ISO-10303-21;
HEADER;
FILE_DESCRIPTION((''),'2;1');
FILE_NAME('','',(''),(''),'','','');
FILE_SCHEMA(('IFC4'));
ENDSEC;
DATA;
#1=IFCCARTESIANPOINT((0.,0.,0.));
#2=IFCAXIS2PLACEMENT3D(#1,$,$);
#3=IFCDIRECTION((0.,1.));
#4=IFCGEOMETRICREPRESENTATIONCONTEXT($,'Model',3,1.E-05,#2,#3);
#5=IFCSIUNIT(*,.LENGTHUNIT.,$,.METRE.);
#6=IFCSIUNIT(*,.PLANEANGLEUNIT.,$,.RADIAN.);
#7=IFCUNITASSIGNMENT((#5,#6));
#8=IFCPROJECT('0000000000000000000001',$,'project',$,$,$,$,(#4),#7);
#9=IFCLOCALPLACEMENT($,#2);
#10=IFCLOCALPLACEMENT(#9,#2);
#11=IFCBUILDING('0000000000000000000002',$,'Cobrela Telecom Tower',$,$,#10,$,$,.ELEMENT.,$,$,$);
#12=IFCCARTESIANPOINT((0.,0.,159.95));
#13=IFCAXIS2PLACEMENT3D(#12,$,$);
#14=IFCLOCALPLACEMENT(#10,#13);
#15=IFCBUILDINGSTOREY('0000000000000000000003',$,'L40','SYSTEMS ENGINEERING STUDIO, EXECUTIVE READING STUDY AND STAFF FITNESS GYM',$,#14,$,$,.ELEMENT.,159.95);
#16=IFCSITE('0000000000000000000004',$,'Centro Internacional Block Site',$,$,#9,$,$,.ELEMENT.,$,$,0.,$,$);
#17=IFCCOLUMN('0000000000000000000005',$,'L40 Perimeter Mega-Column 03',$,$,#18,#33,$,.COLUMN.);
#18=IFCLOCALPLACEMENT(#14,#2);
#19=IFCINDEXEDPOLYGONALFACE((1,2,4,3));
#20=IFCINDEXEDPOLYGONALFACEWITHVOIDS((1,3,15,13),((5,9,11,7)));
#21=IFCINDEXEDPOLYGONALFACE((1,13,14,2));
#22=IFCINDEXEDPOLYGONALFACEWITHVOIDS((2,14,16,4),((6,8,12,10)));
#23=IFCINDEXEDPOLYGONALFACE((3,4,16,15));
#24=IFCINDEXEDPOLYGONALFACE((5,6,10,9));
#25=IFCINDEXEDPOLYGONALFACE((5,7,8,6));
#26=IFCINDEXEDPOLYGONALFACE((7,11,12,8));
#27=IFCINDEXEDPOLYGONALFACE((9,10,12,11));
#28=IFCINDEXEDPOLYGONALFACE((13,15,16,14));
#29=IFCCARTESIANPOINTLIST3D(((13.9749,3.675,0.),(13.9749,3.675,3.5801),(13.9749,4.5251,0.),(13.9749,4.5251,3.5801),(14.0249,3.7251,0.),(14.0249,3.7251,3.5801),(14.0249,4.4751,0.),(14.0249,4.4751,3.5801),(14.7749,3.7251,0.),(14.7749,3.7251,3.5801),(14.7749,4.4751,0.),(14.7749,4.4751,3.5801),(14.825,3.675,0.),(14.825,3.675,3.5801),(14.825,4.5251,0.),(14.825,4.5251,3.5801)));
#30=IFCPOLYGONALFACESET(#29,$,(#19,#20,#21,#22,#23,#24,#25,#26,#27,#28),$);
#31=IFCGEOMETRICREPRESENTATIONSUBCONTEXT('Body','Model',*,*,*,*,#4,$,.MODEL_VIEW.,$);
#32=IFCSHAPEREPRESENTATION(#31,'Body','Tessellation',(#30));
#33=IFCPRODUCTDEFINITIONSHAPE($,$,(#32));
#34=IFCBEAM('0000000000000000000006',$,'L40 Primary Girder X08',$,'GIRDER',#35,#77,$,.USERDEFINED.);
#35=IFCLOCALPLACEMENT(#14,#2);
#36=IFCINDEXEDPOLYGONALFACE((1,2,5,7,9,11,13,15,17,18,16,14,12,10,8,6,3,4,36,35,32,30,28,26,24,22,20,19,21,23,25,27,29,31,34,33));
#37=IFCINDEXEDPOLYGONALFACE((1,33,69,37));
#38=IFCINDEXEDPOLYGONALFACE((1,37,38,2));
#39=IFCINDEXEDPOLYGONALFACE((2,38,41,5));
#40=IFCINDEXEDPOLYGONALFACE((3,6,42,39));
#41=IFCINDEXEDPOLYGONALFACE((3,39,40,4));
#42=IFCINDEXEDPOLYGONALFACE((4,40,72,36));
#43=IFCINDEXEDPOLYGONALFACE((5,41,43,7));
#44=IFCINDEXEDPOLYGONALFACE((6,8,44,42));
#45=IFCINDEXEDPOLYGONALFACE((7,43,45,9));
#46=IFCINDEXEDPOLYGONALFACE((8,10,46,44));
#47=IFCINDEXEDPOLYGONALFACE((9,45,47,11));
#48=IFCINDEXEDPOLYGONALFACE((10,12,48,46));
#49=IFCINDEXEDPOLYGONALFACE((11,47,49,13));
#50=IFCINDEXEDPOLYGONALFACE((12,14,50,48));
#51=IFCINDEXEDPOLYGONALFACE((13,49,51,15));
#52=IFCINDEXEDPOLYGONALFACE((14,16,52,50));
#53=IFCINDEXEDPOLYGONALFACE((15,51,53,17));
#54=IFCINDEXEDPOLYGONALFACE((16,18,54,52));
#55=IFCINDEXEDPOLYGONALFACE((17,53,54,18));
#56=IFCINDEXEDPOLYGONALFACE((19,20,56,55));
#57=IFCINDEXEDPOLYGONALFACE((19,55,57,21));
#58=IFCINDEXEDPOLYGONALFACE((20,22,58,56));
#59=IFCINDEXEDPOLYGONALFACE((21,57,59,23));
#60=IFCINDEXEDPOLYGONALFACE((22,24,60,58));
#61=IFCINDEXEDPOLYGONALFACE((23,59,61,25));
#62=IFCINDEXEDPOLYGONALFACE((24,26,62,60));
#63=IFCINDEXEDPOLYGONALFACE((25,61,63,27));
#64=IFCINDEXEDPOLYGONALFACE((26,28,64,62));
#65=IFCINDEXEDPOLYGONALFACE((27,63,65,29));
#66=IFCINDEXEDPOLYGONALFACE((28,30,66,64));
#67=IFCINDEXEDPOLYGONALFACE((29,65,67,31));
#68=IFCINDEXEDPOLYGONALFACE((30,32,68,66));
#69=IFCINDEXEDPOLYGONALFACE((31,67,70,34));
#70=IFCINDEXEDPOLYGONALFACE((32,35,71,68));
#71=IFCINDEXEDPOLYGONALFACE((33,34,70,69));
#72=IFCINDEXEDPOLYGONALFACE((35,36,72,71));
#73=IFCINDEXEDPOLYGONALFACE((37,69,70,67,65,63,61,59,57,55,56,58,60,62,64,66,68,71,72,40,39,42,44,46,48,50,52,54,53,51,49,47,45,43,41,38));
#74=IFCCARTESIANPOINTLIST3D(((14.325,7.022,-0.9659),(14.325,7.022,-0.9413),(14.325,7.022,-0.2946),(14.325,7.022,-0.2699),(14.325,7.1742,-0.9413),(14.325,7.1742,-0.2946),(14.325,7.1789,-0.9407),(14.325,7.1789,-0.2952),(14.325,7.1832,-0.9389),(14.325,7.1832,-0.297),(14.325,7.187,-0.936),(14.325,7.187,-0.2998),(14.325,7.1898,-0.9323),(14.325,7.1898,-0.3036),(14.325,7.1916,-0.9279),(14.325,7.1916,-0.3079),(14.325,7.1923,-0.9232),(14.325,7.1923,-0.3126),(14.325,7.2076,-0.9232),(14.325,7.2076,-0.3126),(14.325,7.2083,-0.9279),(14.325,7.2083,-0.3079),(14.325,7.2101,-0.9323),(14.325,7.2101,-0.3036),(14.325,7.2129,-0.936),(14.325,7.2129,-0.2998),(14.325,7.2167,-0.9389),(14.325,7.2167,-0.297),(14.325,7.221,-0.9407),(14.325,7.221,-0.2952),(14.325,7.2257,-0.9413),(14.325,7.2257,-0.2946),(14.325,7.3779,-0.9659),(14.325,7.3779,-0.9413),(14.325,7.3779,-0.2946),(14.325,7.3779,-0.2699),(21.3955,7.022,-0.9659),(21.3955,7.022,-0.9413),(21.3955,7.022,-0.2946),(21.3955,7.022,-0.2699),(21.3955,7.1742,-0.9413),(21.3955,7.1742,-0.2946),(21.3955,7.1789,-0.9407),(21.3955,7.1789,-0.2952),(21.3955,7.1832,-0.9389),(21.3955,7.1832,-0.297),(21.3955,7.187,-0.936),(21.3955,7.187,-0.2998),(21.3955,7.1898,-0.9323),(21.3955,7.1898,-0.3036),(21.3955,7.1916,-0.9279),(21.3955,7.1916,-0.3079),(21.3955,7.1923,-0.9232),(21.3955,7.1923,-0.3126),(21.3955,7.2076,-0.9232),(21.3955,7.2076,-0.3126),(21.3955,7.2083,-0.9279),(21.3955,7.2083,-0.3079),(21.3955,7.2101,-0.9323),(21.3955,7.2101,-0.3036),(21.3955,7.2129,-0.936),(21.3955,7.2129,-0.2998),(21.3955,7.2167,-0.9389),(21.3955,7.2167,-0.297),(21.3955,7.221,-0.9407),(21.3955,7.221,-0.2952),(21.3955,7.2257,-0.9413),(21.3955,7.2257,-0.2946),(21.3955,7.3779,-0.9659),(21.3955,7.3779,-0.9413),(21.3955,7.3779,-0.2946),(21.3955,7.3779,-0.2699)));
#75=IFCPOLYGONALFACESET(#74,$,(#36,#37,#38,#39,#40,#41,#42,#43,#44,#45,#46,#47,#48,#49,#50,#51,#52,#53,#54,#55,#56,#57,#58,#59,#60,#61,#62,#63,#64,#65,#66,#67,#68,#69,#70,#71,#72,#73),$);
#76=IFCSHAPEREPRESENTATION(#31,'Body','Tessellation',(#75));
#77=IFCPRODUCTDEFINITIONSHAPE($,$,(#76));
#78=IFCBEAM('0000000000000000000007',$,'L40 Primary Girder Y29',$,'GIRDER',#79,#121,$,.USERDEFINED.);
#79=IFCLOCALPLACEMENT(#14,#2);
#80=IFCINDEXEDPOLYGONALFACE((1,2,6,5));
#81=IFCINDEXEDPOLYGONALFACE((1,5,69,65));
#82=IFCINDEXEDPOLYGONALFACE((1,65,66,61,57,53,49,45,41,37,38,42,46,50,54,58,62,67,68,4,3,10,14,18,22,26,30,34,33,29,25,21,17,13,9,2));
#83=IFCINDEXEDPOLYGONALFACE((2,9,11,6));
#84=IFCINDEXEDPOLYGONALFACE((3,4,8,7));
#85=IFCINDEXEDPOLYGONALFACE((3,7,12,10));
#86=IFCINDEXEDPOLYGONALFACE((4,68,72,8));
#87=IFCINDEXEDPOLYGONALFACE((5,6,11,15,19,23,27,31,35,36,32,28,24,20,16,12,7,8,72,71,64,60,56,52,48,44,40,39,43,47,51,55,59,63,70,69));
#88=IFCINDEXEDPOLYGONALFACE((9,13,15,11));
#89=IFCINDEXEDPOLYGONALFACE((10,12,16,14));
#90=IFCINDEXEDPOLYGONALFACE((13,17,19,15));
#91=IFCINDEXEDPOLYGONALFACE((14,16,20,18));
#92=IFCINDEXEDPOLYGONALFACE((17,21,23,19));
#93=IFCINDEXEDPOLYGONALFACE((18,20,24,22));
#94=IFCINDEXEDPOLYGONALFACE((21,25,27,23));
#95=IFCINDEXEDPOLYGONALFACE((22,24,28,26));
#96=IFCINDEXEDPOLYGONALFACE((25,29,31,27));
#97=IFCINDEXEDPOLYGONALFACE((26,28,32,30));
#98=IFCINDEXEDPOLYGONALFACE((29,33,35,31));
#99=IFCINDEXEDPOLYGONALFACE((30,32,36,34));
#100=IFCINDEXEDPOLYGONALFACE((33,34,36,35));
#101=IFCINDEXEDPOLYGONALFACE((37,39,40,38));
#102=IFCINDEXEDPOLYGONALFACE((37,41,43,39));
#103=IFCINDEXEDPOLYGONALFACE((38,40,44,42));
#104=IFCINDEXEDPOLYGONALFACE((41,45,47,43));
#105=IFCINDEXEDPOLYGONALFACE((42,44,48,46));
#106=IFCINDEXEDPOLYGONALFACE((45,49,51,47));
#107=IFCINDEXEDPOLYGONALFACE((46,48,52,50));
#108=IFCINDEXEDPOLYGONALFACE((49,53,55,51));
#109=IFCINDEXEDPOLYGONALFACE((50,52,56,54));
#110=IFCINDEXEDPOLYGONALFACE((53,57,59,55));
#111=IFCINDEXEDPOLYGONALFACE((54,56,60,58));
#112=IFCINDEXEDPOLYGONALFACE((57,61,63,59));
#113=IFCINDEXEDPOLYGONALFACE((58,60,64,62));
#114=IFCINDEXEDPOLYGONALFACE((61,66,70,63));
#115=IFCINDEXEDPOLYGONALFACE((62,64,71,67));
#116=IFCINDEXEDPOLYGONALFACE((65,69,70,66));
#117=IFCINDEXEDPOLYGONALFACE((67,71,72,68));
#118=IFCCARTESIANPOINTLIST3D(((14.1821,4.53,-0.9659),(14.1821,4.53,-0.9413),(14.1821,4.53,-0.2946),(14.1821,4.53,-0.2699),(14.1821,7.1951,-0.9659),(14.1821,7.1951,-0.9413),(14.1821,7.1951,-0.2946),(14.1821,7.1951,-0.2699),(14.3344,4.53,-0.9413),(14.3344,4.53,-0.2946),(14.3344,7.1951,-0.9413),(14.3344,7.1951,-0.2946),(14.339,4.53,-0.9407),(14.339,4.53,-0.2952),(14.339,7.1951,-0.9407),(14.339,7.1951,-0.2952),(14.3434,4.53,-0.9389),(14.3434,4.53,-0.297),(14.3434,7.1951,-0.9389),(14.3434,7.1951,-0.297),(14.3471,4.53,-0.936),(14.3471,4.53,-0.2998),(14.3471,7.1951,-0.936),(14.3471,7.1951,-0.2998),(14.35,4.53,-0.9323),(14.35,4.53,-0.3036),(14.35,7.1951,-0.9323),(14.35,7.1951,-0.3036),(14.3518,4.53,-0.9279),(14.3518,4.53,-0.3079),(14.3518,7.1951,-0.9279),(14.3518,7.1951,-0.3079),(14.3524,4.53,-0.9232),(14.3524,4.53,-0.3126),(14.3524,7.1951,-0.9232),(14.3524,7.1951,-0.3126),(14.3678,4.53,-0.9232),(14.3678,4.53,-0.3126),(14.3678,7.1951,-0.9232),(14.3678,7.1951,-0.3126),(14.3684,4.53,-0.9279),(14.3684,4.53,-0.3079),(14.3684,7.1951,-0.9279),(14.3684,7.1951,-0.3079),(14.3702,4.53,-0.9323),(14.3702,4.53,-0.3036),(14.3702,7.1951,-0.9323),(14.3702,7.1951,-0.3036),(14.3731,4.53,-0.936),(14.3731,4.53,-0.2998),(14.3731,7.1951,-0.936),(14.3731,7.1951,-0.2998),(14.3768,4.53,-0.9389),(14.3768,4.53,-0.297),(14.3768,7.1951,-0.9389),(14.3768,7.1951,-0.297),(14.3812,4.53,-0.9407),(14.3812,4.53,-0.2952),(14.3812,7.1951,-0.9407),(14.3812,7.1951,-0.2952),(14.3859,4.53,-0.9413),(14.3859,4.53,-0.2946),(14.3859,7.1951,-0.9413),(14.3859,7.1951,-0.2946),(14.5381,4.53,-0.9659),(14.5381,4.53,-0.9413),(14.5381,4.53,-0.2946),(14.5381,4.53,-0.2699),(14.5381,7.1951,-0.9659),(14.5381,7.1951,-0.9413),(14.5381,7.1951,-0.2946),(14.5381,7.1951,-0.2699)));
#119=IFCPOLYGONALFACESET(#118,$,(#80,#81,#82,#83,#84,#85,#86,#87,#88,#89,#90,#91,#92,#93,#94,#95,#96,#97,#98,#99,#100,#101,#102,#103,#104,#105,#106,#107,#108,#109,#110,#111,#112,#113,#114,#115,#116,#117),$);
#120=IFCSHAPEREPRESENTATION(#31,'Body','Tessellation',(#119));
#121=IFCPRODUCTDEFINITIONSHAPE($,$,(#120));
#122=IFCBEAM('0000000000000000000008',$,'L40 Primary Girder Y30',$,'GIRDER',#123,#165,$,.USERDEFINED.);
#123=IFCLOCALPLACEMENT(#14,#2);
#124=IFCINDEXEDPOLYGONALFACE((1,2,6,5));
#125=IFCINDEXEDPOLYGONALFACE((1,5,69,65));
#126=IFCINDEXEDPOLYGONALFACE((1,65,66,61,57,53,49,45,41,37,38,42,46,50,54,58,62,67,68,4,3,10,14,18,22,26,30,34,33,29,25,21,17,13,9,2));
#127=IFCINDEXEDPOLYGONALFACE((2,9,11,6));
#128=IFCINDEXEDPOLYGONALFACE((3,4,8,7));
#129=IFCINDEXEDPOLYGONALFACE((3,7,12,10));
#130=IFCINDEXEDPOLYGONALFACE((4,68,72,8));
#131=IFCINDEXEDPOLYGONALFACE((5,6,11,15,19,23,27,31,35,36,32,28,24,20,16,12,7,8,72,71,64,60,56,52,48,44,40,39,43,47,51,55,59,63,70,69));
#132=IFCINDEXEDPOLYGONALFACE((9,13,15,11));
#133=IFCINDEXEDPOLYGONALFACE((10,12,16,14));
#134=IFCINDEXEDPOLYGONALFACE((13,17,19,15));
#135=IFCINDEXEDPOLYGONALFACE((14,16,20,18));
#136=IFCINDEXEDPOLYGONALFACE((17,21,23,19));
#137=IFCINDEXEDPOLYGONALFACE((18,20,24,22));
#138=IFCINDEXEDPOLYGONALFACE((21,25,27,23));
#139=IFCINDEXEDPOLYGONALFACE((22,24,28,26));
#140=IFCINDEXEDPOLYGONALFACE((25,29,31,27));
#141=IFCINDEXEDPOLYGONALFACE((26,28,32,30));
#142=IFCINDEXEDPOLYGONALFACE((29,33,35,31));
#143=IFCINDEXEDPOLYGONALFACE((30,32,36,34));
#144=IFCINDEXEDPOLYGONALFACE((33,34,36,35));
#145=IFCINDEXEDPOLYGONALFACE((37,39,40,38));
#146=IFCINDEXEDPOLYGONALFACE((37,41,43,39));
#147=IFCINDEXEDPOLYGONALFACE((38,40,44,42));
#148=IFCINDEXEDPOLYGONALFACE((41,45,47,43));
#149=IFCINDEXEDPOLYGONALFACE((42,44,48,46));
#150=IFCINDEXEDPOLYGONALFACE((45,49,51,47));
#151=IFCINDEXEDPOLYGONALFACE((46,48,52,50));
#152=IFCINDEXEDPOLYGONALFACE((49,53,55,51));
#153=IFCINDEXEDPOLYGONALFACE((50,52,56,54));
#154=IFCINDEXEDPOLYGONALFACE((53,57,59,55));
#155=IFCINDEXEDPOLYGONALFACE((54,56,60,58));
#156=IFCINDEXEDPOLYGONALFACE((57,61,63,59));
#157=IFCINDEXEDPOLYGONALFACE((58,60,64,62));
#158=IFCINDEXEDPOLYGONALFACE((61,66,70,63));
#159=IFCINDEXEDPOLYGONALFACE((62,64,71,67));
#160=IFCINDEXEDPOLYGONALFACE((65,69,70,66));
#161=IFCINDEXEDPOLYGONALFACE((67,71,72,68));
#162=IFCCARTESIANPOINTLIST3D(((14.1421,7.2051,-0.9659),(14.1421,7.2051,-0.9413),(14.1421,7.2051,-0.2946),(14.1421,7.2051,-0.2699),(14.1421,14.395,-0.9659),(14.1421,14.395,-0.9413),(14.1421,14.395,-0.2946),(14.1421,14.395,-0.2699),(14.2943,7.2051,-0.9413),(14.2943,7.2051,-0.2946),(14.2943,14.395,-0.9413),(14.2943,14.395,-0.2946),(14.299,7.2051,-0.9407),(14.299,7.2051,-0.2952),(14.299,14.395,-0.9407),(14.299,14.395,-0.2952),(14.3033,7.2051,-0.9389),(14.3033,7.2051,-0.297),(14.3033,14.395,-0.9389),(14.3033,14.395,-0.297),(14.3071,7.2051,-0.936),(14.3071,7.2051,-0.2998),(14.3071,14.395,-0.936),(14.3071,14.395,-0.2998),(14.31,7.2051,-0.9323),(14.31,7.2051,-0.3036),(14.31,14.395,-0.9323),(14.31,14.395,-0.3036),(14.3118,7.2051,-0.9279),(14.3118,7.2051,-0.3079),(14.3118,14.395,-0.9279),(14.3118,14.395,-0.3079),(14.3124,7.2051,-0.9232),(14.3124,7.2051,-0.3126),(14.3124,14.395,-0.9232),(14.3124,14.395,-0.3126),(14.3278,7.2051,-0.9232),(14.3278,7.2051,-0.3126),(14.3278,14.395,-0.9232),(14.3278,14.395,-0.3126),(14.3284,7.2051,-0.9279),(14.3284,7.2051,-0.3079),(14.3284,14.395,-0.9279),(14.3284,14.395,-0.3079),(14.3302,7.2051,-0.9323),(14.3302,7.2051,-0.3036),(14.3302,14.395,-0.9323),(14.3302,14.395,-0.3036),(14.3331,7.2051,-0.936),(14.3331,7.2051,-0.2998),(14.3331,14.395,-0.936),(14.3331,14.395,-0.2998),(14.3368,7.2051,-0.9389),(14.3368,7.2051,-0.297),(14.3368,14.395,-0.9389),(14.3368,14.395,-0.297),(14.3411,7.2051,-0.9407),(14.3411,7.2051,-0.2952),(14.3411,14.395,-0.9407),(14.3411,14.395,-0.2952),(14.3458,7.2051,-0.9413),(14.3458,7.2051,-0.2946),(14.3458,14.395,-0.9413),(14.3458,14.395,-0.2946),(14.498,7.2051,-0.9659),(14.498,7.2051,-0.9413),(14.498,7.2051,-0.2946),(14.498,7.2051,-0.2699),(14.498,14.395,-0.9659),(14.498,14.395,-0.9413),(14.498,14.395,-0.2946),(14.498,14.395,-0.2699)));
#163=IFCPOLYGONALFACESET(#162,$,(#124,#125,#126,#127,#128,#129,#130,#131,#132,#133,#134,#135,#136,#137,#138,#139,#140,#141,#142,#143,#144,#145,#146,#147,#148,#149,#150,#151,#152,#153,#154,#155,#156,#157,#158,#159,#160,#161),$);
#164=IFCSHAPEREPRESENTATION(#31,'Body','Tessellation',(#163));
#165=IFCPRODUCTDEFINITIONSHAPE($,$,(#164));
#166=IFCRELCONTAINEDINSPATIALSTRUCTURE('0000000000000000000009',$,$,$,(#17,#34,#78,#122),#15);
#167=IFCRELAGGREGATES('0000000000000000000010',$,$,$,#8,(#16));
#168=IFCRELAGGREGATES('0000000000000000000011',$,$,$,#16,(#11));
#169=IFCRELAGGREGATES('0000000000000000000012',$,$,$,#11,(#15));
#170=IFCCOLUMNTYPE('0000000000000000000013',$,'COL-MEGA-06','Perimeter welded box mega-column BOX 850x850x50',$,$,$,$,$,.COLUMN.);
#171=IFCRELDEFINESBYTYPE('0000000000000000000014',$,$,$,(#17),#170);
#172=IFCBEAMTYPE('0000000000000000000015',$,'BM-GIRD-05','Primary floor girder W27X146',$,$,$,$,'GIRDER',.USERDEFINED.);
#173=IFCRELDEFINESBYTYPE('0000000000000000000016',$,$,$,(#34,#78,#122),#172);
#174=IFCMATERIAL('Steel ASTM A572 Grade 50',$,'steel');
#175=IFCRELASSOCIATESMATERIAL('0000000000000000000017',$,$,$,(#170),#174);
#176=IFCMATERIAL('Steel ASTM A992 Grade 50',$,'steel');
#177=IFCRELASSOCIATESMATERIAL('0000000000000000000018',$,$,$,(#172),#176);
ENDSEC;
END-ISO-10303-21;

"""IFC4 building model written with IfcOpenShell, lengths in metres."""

from ifc_helpers import new_model, si_unit, direction, frame, origin, origin_2d, place, context, subcontext, project, spatial, hollow_rectangle, i_section, extrude, material, material_profile, profile_set, type_object, element, save


model = new_model("IFC4")

# Units and contexts
model_context = context("Model", 3, precision=1e-05, world=origin(), true_north=direction((0.0, 1.0)))
body_context = subcontext(model_context, "Body", "Model", "MODEL_VIEW")
ifc_project = project(units=[si_unit("LENGTHUNIT", "METRE"), si_unit("PLANEANGLEUNIT", "RADIAN")], contexts=[model_context])

# Site, building, storey
site_placement = place(None, origin())
site = spatial("IfcSite", under=ifc_project, at=site_placement, Name="Centro Internacional Block Site", CompositionType="ELEMENT", RefElevation=0.0)
building_placement = place(site_placement, origin())
building = spatial("IfcBuilding", under=site, at=building_placement, Name="Cobrela Telecom Tower", CompositionType="ELEMENT")
storey_placement = place(building_placement, frame((0.0, 0.0, 159.95)))
storey = spatial("IfcBuildingStorey", under=building, at=storey_placement, Name="L40", Description="SYSTEMS ENGINEERING STUDIO, EXECUTIVE READING STUDY AND STAFF FITNESS GYM", CompositionType="ELEMENT", Elevation=159.95)

# Column
ifc_material_1 = material(Name="Steel ASTM A572 Grade 50", Category="steel")
ifc_material_profile_1 = material_profile(ifc_material_1, hollow_rectangle(XDim=0.8501, YDim=0.8501, WallThickness=0.05, at=origin_2d()), Name="BOX 850x850x50")
ifc_profile_set_1 = profile_set([ifc_material_profile_1], Name="Steel ASTM A572 Grade 50")
column_type = type_object("IfcColumnType", Name="COL-MEGA-06", Description="Perimeter welded box mega-column BOX 850x850x50", PredefinedType="COLUMN", material=ifc_profile_set_1)
column_placement = place(storey_placement, frame((14.3999, 4.1001, 0.0), z_axis=(0.0, 0.0, 1.0), x_axis=(1.0, 0.0, 0.0)))
element("IfcColumn", 1, at=column_placement, inside=storey, type_object=column_type, Name="L40 Perimeter Mega-Column 03", PredefinedType="COLUMN", context=body_context, shape_type="SweptSolid", body=[
    extrude(hollow_rectangle(XDim=0.8501, YDim=0.8501, WallThickness=0.05, at=origin_2d()), origin(), (0.0, 0.0, 1.0), 3.5801),
])

# Beams
ifc_material_2 = material(Name="Steel ASTM A992 Grade 50", Category="steel")
ifc_material_profile_2 = material_profile(ifc_material_2, i_section(OverallWidth=0.356, OverallDepth=0.696, WebThickness=0.0154, FlangeThickness=0.0247, FilletRadius=0.0181, at=origin_2d()), Name="W27X146")
ifc_profile_set_2 = profile_set([ifc_material_profile_2], Name="Steel ASTM A992 Grade 50")
beam_type_1 = type_object("IfcBeamType", Name="BM-GIRD-05", Description="Primary floor girder W27X146", ElementType="GIRDER", PredefinedType="USERDEFINED", material=ifc_profile_set_2)
beam_1_placement = place(storey_placement, frame((14.325, 7.2, -0.6179), z_axis=(1.0, 0.0, 0.0), x_axis=(0.0, 1.0, 0.0)))
element("IfcBeam", 2, at=beam_1_placement, inside=storey, type_object=beam_type_1, Name="L40 Primary Girder X08", ObjectType="GIRDER", PredefinedType="USERDEFINED", context=body_context, shape_type="SweptSolid", body=[
    extrude(i_section(OverallWidth=0.356, OverallDepth=0.696, WebThickness=0.0154, FlangeThickness=0.0247, FilletRadius=0.0181, at=origin_2d()), origin(), (0.0, 0.0, 1.0), 7.0706),
])
beam_2_placement = place(storey_placement, frame((14.3601, 4.53, -0.6179), z_axis=(0.0, 1.0, 0.0), x_axis=(-1.0, 0.0, 0.0)))
element("IfcBeam", 3, at=beam_2_placement, inside=storey, type_object=beam_type_1, Name="L40 Primary Girder Y29", ObjectType="GIRDER", PredefinedType="USERDEFINED", context=body_context, shape_type="SweptSolid", body=[
    extrude(i_section(OverallWidth=0.356, OverallDepth=0.696, WebThickness=0.0154, FlangeThickness=0.0247, FilletRadius=0.0181, at=origin_2d()), origin(), (0.0, 0.0, 1.0), 2.665),
])
beam_3_placement = place(storey_placement, frame((14.3201, 7.2051, -0.6179), z_axis=(0.0, 1.0, 0.0), x_axis=(-1.0, 0.0, 0.0)))
element("IfcBeam", 4, at=beam_3_placement, inside=storey, type_object=beam_type_1, Name="L40 Primary Girder Y30", ObjectType="GIRDER", PredefinedType="USERDEFINED", context=body_context, shape_type="SweptSolid", body=[
    extrude(i_section(OverallWidth=0.356, OverallDepth=0.696, WebThickness=0.0154, FlangeThickness=0.0247, FilletRadius=0.0181, at=origin_2d()), origin(), (0.0, 0.0, 1.0), 7.1899),
])

save(model, "model.ifc")
